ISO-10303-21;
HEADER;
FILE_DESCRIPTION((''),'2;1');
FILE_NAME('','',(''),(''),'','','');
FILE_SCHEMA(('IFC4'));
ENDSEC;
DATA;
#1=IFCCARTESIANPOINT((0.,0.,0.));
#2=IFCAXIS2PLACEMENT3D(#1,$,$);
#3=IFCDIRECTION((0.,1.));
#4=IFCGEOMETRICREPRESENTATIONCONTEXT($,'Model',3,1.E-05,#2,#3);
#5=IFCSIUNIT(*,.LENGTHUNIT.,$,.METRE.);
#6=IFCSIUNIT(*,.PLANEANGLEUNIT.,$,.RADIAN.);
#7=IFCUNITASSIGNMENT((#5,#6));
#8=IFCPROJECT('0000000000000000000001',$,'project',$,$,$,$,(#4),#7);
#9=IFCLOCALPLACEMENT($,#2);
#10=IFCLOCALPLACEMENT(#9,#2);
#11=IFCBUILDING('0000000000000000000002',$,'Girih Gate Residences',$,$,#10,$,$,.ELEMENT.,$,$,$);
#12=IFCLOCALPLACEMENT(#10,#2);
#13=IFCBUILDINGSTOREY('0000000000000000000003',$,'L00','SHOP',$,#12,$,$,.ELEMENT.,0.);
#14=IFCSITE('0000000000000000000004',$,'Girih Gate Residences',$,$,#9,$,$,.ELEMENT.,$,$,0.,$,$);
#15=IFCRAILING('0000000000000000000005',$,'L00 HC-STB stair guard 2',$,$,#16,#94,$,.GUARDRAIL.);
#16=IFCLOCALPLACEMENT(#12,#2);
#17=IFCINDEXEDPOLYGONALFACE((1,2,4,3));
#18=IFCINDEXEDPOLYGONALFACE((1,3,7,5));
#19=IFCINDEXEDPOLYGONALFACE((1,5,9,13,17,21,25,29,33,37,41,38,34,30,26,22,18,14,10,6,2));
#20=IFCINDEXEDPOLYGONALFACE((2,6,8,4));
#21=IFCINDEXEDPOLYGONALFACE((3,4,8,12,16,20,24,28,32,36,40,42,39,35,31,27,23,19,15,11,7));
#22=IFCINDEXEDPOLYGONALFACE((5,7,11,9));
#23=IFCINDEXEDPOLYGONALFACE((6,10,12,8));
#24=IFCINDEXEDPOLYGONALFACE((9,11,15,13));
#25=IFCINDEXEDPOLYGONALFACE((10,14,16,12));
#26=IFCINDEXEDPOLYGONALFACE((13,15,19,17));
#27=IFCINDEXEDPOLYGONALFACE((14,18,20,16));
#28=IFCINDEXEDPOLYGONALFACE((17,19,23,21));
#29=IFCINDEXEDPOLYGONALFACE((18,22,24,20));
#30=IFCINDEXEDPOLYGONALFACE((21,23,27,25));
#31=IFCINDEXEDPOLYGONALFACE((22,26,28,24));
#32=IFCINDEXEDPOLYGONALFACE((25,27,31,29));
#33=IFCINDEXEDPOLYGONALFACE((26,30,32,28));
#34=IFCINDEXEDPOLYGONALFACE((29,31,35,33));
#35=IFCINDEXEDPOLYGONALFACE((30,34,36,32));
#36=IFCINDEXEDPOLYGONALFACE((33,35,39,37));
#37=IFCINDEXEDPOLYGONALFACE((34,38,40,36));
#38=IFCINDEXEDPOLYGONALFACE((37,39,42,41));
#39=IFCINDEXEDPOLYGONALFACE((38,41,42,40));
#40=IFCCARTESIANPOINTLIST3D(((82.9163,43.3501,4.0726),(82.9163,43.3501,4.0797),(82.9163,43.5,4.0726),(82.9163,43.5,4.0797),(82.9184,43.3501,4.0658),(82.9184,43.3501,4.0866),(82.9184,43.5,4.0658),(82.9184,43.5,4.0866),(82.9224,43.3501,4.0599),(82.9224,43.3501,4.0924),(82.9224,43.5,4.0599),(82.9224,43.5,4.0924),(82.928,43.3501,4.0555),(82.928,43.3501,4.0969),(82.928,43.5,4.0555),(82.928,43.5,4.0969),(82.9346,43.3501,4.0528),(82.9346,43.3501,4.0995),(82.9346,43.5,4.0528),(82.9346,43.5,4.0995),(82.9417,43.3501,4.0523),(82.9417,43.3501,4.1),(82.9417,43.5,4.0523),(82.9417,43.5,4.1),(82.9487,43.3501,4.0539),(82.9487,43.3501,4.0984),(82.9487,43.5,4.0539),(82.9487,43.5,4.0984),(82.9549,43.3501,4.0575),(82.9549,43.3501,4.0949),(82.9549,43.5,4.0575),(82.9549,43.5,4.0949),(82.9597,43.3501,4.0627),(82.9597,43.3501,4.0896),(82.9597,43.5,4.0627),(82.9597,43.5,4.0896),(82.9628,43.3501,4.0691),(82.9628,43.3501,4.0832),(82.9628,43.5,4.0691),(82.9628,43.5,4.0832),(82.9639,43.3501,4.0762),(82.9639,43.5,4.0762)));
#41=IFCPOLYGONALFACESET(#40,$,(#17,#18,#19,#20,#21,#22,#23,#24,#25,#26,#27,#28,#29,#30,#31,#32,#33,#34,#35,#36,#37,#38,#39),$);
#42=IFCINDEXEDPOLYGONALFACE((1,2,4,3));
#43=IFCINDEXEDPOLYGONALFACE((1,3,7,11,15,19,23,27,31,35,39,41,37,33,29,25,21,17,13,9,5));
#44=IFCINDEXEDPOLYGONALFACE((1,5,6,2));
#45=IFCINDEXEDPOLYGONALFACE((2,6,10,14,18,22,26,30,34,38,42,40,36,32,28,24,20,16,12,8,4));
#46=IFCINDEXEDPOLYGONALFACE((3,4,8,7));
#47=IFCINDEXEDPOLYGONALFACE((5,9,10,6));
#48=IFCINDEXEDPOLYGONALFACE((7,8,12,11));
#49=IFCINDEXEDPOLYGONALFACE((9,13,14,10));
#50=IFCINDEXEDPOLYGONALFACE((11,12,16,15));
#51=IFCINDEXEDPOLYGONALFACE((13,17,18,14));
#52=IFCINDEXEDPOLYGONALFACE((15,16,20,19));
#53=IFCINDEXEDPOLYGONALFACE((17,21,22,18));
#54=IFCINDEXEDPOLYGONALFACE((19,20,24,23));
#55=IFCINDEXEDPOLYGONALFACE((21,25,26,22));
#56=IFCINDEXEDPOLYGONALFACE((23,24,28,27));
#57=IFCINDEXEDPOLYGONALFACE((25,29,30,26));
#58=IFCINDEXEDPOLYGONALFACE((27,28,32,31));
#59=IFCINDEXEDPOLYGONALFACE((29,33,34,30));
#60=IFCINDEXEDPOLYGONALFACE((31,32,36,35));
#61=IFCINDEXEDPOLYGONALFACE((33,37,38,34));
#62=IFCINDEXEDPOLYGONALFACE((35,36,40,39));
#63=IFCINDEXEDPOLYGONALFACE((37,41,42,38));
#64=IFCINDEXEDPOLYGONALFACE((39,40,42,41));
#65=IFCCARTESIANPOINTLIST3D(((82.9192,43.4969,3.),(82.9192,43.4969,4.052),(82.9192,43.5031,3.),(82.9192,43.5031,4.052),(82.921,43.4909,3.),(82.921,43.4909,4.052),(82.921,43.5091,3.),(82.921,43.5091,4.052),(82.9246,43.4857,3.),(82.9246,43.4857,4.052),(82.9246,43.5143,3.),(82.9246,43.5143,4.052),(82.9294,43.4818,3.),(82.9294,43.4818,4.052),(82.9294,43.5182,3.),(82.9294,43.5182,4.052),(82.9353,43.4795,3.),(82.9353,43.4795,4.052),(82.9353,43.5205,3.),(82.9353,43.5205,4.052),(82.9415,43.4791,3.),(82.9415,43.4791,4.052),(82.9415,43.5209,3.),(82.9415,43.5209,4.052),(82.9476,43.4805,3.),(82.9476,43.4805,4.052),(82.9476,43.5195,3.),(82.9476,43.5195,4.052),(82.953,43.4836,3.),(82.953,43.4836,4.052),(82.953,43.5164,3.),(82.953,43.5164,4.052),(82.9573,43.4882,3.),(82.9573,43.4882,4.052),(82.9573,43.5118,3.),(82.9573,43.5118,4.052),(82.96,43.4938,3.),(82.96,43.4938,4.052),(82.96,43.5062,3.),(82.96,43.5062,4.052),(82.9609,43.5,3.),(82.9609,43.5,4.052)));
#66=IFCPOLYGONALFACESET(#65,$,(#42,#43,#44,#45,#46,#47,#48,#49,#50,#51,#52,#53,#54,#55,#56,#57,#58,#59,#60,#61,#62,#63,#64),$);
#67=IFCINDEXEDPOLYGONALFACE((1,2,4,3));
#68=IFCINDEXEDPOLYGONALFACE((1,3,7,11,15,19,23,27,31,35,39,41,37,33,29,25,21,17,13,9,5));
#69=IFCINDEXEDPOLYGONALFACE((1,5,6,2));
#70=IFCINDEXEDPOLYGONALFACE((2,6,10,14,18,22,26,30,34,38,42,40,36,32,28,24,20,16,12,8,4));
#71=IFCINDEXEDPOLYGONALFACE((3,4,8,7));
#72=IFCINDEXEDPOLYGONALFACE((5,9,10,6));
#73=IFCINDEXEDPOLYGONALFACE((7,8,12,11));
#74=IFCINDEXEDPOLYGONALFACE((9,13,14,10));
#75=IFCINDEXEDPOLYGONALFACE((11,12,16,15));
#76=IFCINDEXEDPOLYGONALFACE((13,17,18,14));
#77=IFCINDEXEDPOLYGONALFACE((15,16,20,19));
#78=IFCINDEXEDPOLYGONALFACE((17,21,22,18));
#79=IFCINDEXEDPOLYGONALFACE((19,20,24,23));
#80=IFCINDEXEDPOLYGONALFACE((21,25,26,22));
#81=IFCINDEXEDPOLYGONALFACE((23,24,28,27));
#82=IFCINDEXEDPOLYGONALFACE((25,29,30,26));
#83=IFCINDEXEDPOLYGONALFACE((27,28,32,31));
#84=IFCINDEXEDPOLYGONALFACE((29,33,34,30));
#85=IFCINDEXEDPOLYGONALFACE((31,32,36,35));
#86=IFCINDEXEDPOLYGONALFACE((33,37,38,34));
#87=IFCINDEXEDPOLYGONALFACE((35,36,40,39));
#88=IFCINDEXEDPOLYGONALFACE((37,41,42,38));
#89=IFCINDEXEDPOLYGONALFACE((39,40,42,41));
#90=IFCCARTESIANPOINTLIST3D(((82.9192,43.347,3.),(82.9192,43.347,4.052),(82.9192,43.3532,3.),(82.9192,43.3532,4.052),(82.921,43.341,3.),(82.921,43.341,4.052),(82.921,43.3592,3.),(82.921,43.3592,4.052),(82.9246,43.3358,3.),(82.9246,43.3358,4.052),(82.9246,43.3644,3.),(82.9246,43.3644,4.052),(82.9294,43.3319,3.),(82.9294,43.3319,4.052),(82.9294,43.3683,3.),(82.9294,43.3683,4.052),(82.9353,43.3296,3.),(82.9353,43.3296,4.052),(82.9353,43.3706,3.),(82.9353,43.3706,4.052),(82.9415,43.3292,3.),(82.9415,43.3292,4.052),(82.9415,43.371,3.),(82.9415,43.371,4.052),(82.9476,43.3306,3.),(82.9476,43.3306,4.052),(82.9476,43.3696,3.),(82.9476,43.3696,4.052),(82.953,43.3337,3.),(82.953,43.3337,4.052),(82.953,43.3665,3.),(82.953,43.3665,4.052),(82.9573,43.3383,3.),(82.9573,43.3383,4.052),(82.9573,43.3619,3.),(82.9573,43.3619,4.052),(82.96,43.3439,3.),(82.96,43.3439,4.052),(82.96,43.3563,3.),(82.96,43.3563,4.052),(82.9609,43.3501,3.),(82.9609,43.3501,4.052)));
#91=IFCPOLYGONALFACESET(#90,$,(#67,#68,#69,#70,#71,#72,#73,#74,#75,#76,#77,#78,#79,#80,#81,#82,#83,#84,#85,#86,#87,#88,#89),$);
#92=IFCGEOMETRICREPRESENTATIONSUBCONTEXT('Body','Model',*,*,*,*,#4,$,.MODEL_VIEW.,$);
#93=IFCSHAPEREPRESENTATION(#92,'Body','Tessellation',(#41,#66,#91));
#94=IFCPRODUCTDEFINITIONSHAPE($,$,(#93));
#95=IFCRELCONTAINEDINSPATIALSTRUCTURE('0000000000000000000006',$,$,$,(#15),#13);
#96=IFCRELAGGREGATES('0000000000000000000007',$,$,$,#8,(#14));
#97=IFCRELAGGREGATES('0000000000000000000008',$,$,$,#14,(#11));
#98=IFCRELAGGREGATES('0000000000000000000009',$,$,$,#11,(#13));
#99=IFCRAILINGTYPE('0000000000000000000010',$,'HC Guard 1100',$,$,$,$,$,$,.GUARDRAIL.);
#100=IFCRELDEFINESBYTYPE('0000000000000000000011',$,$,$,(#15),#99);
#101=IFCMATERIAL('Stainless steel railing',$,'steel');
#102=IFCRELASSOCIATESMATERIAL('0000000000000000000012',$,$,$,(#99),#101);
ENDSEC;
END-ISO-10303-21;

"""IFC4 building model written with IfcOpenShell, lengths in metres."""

from ifc_helpers import new_model, si_unit, direction, frame, origin, origin_2d, place, context, subcontext, project, spatial, circle, extrude, material, type_object, element, save


model = new_model("IFC4")

# Units and contexts
model_context = context("Model", 3, precision=1e-05, world=origin(), true_north=direction((0.0, 1.0)))
body_context = subcontext(model_context, "Body", "Model", "MODEL_VIEW")
ifc_project = project(units=[si_unit("LENGTHUNIT", "METRE"), si_unit("PLANEANGLEUNIT", "RADIAN")], contexts=[model_context])

# Site, building, storey
site_placement = place(None, origin())
site = spatial("IfcSite", under=ifc_project, at=site_placement, Name="Girih Gate Residences", CompositionType="ELEMENT", RefElevation=0.0)
building_placement = place(site_placement, origin())
building = spatial("IfcBuilding", under=site, at=building_placement, Name="Girih Gate Residences", CompositionType="ELEMENT")
storey_placement = place(building_placement, origin())
storey = spatial("IfcBuildingStorey", under=building, at=storey_placement, Name="L00", Description="SHOP", CompositionType="ELEMENT", Elevation=0.0)

# Railing
ifc_material_1 = material(Name="Stainless steel railing", Category="steel")
railing_type_1 = type_object("IfcRailingType", Name="HC Guard 1100", PredefinedType="GUARDRAIL", material=ifc_material_1)
railing_1_placement = place(storey_placement, frame((82.9399, 43.5, 3.0)))
element("IfcRailing", 1, at=railing_1_placement, inside=storey, type_object=railing_type_1, Name="L00 HC-STB stair guard 2", PredefinedType="GUARDRAIL", context=body_context, shape_type="SweptSolid", body=[
    extrude(circle(Radius=0.0239, at=origin_2d()), frame((0.0, 0.0, 1.0762), z_axis=(0.0, -1.0, 0.0), x_axis=(1.0, 0.0, 0.0)), (0.0, 0.0, 1.0), 0.1499),
    extrude(circle(Radius=0.021, at=origin_2d()), origin(), (0.0, 0.0, 1.0), 1.052),
    extrude(circle(Radius=0.021, at=origin_2d()), frame((0.0, -0.1499, 0.0)), (0.0, 0.0, 1.0), 1.052),
])

save(model, "model.ifc")
